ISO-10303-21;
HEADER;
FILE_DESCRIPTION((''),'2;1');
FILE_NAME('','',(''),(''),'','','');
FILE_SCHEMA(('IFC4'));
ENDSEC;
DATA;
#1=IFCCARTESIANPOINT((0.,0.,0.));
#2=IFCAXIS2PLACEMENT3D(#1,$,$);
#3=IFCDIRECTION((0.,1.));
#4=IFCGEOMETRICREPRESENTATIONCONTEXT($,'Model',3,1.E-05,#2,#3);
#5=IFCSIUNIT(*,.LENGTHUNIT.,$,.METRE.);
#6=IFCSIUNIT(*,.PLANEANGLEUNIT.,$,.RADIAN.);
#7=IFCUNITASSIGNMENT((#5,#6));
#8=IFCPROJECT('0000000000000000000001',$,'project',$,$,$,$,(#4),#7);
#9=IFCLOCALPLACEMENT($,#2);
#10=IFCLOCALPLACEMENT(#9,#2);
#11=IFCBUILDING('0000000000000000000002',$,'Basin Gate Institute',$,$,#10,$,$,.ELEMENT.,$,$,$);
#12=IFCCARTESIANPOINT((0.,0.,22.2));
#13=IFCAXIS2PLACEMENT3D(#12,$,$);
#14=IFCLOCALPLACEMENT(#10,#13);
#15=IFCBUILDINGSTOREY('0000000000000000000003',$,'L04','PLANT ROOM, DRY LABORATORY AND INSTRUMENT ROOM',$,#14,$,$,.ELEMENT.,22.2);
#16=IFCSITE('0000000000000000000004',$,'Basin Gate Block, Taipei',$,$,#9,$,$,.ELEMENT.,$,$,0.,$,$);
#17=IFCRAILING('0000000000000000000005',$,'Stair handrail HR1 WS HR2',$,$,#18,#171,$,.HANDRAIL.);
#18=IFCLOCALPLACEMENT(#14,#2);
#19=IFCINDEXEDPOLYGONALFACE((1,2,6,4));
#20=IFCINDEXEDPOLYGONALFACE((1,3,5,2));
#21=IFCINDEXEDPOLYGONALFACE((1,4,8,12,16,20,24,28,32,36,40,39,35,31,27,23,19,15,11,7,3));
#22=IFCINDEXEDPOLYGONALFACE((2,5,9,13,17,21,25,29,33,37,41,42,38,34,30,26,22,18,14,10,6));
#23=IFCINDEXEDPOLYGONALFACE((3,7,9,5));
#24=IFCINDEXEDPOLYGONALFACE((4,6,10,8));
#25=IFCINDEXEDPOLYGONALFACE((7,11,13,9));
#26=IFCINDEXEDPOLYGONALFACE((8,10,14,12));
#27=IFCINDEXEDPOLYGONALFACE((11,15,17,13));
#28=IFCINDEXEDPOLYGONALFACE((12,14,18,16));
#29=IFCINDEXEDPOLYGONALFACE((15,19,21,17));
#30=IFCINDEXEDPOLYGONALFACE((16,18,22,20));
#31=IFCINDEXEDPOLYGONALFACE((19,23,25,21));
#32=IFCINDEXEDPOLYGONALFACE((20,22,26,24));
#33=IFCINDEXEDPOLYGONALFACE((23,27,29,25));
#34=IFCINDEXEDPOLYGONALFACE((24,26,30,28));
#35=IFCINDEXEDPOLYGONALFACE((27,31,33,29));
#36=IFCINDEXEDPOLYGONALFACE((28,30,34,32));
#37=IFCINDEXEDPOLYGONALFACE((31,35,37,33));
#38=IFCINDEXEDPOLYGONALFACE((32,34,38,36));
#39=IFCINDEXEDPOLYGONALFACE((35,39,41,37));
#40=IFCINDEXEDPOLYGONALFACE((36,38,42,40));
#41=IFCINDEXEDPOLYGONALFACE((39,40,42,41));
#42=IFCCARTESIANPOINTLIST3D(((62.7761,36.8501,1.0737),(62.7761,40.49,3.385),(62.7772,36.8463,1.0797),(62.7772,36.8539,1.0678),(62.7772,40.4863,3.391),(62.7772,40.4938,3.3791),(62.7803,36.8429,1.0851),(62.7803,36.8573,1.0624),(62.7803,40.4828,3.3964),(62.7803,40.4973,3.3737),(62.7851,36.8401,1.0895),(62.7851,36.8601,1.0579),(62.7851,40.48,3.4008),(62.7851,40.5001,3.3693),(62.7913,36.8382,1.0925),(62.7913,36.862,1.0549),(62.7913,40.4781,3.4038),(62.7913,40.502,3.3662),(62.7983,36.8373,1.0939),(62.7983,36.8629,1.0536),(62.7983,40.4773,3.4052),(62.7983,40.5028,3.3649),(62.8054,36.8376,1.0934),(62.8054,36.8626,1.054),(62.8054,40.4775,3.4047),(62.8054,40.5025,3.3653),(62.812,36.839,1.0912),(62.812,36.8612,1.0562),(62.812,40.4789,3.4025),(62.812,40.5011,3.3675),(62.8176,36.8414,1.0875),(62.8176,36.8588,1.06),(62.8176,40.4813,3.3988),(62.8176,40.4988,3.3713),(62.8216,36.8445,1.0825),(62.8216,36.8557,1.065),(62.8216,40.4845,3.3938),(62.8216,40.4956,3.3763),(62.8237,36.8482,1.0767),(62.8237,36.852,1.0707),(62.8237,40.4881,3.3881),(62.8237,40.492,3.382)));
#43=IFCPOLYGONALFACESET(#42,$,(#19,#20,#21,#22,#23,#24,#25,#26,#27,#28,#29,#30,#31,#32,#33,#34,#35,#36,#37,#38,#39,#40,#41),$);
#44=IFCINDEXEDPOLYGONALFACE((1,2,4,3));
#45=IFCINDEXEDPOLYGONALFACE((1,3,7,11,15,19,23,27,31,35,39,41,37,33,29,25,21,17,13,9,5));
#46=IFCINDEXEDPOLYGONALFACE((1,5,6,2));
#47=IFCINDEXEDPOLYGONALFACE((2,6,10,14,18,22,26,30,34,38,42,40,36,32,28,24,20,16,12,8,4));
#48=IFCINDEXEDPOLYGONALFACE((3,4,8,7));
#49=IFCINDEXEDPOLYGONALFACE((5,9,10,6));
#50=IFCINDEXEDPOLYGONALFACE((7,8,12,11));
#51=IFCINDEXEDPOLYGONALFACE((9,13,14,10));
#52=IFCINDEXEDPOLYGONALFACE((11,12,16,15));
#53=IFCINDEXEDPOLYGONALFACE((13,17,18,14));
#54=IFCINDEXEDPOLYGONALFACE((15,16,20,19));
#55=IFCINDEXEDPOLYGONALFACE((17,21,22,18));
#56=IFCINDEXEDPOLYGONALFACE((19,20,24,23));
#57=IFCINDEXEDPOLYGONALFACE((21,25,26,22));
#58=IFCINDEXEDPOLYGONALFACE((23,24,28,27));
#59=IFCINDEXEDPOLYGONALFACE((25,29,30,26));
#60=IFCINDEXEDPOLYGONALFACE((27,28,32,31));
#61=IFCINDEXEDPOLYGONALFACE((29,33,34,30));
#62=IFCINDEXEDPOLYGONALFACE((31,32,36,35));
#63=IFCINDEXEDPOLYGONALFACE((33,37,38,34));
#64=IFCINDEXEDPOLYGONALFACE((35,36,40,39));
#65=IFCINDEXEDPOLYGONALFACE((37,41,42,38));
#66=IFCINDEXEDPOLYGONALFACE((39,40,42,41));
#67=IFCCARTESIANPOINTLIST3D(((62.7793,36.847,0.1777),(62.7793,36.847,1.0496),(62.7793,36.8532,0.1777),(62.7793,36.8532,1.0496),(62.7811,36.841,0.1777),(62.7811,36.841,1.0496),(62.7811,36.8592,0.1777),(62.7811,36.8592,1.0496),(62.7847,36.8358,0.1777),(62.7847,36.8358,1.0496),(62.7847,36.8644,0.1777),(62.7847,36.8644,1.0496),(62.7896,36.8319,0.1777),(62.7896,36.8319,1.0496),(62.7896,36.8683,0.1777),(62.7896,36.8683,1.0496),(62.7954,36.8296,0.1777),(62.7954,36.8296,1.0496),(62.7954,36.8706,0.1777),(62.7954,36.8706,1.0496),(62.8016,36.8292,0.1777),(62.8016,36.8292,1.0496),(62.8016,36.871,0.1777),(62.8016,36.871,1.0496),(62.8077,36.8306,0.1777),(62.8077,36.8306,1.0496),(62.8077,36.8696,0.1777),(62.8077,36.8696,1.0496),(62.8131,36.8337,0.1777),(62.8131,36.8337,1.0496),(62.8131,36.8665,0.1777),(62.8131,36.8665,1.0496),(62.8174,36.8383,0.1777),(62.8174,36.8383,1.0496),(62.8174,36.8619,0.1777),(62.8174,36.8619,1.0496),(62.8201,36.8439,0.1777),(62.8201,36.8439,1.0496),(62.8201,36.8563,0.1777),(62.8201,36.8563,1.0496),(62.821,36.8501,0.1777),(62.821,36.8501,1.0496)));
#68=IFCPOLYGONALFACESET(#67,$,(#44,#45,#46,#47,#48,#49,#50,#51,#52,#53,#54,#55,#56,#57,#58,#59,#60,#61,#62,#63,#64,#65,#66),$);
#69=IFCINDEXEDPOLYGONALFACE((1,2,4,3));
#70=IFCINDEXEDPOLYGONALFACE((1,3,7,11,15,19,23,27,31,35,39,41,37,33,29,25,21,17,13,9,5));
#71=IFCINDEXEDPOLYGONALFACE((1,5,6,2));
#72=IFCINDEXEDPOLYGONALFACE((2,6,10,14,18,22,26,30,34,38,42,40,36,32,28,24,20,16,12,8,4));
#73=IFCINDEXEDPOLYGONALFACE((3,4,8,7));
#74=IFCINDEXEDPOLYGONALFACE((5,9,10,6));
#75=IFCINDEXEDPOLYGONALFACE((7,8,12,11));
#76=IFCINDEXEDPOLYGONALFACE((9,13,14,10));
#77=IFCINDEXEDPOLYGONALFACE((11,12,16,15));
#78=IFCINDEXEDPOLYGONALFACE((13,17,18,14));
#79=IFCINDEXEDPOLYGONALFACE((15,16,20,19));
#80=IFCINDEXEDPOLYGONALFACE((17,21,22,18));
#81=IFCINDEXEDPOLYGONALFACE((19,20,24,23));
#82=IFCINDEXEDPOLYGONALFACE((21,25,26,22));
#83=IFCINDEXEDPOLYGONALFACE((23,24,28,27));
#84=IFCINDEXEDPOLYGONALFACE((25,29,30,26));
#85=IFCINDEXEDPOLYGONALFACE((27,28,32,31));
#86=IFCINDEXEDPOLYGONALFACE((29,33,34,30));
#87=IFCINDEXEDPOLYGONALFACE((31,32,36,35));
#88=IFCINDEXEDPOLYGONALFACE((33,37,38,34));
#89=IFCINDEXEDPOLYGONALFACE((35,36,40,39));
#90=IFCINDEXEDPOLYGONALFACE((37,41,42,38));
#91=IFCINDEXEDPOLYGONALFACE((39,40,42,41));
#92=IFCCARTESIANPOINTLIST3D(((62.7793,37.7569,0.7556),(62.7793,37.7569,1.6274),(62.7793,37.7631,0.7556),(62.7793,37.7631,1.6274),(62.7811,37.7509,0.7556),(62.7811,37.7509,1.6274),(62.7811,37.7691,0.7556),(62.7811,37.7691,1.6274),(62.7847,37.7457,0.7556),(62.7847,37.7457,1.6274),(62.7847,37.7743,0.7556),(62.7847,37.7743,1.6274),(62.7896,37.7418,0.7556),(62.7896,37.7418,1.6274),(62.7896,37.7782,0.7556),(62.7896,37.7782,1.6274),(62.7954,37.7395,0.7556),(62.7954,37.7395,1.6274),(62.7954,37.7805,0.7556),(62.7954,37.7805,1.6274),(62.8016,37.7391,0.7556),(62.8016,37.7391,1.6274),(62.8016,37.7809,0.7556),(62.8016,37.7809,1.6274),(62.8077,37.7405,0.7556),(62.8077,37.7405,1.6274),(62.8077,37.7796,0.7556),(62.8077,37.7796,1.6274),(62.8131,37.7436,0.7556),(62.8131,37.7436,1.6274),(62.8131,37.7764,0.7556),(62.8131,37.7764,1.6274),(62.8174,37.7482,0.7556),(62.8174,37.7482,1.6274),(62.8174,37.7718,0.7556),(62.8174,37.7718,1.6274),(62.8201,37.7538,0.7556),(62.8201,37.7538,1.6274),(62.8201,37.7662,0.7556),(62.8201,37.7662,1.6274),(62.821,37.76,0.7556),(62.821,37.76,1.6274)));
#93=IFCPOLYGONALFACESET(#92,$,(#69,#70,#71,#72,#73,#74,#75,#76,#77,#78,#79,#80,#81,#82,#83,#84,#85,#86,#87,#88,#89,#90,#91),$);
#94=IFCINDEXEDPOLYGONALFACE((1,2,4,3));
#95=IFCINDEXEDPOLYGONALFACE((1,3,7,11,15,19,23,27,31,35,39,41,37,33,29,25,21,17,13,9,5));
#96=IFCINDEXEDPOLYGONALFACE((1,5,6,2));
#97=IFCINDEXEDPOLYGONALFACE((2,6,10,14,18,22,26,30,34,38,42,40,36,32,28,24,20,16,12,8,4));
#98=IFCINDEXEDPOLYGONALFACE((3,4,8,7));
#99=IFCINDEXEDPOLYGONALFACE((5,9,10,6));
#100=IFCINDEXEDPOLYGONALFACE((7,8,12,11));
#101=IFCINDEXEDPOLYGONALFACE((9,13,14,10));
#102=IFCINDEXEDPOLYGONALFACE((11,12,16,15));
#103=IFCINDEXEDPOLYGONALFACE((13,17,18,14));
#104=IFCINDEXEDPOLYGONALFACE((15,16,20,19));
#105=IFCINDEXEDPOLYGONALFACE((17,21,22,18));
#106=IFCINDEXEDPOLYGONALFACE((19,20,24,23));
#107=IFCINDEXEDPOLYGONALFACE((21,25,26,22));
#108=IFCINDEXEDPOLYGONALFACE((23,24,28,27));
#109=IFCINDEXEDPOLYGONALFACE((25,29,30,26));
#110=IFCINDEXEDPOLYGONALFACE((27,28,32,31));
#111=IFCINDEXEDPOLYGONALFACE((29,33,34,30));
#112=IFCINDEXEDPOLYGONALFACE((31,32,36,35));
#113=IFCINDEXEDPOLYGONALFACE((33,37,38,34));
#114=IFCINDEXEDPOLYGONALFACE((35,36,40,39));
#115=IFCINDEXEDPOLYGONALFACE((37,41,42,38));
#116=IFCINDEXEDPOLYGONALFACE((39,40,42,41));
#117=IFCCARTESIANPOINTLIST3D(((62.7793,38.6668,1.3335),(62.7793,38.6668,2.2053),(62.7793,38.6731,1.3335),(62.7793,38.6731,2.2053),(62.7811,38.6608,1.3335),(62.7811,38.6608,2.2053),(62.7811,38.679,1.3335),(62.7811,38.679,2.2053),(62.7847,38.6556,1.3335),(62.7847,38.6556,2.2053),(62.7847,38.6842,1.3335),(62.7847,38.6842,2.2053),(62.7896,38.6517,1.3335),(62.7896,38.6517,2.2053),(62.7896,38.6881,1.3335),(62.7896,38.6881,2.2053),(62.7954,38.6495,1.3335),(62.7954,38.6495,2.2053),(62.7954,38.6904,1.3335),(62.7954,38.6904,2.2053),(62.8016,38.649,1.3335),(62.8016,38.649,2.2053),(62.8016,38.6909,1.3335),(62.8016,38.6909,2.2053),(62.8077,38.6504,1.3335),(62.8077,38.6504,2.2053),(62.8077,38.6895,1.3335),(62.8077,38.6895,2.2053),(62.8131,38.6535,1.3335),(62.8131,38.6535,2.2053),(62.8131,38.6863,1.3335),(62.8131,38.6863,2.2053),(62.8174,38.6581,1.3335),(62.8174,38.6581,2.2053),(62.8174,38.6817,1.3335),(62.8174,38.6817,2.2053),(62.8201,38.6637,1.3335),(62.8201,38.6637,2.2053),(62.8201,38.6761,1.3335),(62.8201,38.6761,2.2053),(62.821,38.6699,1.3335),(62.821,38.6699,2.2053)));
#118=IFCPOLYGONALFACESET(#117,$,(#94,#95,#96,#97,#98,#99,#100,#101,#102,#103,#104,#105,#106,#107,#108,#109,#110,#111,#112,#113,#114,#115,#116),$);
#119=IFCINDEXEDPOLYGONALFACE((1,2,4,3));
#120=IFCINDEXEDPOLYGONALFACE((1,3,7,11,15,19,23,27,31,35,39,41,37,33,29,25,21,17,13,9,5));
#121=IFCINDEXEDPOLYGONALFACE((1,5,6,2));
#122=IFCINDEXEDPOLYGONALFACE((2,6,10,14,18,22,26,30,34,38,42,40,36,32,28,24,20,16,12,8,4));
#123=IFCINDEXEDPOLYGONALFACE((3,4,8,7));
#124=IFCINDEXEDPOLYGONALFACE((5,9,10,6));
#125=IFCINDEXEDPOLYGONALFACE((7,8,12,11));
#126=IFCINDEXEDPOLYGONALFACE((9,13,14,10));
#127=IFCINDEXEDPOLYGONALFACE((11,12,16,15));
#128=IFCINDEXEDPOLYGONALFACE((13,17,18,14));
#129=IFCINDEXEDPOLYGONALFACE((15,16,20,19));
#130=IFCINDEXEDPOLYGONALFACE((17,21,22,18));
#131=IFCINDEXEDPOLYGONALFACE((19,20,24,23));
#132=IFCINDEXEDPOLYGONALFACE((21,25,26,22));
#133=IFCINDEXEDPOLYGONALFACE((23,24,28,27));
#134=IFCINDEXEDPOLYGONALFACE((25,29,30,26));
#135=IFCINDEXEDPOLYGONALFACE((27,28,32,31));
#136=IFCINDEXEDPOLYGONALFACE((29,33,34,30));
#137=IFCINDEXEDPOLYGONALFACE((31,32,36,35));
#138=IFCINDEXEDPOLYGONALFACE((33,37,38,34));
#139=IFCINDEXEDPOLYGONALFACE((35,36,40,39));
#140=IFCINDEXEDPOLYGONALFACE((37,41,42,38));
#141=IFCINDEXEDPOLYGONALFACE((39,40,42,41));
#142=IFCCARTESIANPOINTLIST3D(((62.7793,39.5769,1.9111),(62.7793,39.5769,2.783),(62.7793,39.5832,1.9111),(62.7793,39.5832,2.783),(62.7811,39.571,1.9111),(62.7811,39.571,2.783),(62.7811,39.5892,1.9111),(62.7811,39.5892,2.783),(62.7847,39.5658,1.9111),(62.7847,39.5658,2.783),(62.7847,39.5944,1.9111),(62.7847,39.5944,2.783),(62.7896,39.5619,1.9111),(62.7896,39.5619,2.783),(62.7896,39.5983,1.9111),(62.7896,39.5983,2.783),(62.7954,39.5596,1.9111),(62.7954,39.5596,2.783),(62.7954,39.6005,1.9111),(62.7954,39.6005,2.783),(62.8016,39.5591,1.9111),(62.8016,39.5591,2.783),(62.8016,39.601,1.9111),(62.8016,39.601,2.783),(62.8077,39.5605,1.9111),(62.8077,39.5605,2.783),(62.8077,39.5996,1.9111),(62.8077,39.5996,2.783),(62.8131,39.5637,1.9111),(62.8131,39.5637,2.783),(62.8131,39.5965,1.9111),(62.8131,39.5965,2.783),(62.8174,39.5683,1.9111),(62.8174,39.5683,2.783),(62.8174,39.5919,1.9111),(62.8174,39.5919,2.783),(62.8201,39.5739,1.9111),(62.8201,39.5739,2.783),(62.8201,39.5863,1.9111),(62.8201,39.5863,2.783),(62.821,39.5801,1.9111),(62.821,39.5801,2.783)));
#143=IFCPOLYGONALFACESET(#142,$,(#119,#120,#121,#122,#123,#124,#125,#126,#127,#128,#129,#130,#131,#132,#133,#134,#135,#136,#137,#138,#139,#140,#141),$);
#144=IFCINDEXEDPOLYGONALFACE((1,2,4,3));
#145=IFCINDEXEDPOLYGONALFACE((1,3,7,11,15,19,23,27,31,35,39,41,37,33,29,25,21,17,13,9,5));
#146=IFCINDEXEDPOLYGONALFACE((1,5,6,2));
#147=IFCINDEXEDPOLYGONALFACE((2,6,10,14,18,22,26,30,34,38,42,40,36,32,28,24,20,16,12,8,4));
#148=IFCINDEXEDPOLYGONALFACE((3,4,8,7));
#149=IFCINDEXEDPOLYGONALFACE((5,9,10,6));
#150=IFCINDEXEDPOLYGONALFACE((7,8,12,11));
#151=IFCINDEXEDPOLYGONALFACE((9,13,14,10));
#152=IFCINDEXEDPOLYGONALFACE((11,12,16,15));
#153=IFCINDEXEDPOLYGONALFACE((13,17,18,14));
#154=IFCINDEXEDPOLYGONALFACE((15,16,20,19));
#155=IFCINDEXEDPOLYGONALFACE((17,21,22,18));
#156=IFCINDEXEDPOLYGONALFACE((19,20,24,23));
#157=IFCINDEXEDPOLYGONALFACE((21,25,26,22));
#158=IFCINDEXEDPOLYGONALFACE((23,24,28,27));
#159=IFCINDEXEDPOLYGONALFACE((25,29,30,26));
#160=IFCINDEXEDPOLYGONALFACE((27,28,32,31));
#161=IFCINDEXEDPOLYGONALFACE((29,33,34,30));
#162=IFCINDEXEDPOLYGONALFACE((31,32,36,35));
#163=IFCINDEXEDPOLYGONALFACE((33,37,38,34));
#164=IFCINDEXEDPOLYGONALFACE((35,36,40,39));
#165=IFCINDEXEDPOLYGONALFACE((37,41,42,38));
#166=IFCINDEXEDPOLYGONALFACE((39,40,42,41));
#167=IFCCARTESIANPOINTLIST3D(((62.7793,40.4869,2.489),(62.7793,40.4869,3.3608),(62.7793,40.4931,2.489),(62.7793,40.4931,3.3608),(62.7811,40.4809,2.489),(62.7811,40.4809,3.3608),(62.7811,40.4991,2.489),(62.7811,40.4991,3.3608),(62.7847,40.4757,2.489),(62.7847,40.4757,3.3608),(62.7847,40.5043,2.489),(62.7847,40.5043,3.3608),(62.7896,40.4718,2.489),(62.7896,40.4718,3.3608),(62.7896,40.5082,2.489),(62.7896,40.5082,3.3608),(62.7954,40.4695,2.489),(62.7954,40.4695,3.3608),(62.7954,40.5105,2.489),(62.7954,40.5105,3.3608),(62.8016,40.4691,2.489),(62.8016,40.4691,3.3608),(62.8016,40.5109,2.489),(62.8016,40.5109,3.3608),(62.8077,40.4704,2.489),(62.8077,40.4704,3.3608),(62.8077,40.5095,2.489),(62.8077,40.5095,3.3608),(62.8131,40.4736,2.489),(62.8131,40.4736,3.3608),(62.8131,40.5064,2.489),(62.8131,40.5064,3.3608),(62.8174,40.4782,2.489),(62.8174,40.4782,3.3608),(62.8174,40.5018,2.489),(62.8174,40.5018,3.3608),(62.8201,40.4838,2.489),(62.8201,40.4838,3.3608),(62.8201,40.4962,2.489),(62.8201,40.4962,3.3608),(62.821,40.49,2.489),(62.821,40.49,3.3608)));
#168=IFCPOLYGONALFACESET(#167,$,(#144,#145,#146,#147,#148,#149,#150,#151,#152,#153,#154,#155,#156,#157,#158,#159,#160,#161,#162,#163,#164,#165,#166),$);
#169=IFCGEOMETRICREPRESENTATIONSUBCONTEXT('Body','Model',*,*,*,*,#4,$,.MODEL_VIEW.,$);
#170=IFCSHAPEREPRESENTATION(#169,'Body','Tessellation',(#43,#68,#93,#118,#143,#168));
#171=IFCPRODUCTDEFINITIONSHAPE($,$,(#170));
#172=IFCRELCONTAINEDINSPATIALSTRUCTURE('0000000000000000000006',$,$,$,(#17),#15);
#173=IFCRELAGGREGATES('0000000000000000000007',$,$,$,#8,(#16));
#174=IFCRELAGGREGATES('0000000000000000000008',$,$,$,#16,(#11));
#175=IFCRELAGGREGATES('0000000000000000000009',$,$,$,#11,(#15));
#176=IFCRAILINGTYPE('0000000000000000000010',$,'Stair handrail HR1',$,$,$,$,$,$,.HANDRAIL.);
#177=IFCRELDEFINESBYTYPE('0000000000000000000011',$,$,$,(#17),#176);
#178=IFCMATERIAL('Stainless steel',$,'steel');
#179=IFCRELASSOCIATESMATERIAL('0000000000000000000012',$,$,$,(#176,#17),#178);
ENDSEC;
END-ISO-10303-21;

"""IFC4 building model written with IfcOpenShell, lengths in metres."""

from ifc_helpers import new_model, si_unit, direction, frame, origin, origin_2d, place, context, subcontext, project, spatial, circle, extrude, material, type_object, element, save


model = new_model("IFC4")

# Units and contexts
model_context = context("Model", 3, precision=1e-05, world=origin(), true_north=direction((0.0, 1.0)))
body_context = subcontext(model_context, "Body", "Model", "MODEL_VIEW")
ifc_project = project(units=[si_unit("LENGTHUNIT", "METRE"), si_unit("PLANEANGLEUNIT", "RADIAN")], contexts=[model_context])

# Site, building, storey
site_placement = place(None, origin())
site = spatial("IfcSite", under=ifc_project, at=site_placement, Name="Basin Gate Block, Taipei", CompositionType="ELEMENT", RefElevation=0.0)
building_placement = place(site_placement, origin())
building = spatial("IfcBuilding", under=site, at=building_placement, Name="Basin Gate Institute", CompositionType="ELEMENT")
storey_placement = place(building_placement, frame((0.0, 0.0, 22.2)))
storey = spatial("IfcBuildingStorey", under=building, at=storey_placement, Name="L04", Description="PLANT ROOM, DRY LABORATORY AND INSTRUMENT ROOM", CompositionType="ELEMENT", Elevation=22.2)

# Railing
ifc_material_1 = material(Name="Stainless steel", Category="steel")
railing_type_1 = type_object("IfcRailingType", Name="Stair handrail HR1", PredefinedType="HANDRAIL", material=ifc_material_1)
for number, where, name in (
    (1, (62.8, 36.8501, 0.1777), "Stair handrail HR1 WS HR2"),
):
    element("IfcRailing", number, at=place(storey_placement, frame(where)), inside=storey, type_object=railing_type_1, material=ifc_material_1, Name=name, PredefinedType="HANDRAIL", context=body_context, shape_type="SweptSolid", body=[
        extrude(circle(Radius=0.0239, at=origin_2d()), frame((0.0, 0.0, 0.896), z_axis=(0.0, 0.844188, 0.536047), x_axis=(-1.0, 0.0, 0.0)), (0.0, 0.0, 1.0), 4.3118),
        extrude(circle(Radius=0.021, at=origin_2d()), origin(), (0.0, 0.0, 1.0), 0.8718),
        extrude(circle(Radius=0.021, at=origin_2d()), frame((0.0, 0.9099, 0.5779)), (0.0, 0.0, 1.0), 0.8718),
        extrude(circle(Radius=0.021, at=origin_2d()), frame((0.0, 1.8198, 1.1558)), (0.0, 0.0, 1.0), 0.8718),
        extrude(circle(Radius=0.021, at=origin_2d()), frame((0.0, 2.73, 1.7334)), (0.0, 0.0, 1.0), 0.8718),
        extrude(circle(Radius=0.021, at=origin_2d()), frame((0.0, 3.6399, 2.3113)), (0.0, 0.0, 1.0), 0.8718),
    ])

save(model, "model.ifc")
